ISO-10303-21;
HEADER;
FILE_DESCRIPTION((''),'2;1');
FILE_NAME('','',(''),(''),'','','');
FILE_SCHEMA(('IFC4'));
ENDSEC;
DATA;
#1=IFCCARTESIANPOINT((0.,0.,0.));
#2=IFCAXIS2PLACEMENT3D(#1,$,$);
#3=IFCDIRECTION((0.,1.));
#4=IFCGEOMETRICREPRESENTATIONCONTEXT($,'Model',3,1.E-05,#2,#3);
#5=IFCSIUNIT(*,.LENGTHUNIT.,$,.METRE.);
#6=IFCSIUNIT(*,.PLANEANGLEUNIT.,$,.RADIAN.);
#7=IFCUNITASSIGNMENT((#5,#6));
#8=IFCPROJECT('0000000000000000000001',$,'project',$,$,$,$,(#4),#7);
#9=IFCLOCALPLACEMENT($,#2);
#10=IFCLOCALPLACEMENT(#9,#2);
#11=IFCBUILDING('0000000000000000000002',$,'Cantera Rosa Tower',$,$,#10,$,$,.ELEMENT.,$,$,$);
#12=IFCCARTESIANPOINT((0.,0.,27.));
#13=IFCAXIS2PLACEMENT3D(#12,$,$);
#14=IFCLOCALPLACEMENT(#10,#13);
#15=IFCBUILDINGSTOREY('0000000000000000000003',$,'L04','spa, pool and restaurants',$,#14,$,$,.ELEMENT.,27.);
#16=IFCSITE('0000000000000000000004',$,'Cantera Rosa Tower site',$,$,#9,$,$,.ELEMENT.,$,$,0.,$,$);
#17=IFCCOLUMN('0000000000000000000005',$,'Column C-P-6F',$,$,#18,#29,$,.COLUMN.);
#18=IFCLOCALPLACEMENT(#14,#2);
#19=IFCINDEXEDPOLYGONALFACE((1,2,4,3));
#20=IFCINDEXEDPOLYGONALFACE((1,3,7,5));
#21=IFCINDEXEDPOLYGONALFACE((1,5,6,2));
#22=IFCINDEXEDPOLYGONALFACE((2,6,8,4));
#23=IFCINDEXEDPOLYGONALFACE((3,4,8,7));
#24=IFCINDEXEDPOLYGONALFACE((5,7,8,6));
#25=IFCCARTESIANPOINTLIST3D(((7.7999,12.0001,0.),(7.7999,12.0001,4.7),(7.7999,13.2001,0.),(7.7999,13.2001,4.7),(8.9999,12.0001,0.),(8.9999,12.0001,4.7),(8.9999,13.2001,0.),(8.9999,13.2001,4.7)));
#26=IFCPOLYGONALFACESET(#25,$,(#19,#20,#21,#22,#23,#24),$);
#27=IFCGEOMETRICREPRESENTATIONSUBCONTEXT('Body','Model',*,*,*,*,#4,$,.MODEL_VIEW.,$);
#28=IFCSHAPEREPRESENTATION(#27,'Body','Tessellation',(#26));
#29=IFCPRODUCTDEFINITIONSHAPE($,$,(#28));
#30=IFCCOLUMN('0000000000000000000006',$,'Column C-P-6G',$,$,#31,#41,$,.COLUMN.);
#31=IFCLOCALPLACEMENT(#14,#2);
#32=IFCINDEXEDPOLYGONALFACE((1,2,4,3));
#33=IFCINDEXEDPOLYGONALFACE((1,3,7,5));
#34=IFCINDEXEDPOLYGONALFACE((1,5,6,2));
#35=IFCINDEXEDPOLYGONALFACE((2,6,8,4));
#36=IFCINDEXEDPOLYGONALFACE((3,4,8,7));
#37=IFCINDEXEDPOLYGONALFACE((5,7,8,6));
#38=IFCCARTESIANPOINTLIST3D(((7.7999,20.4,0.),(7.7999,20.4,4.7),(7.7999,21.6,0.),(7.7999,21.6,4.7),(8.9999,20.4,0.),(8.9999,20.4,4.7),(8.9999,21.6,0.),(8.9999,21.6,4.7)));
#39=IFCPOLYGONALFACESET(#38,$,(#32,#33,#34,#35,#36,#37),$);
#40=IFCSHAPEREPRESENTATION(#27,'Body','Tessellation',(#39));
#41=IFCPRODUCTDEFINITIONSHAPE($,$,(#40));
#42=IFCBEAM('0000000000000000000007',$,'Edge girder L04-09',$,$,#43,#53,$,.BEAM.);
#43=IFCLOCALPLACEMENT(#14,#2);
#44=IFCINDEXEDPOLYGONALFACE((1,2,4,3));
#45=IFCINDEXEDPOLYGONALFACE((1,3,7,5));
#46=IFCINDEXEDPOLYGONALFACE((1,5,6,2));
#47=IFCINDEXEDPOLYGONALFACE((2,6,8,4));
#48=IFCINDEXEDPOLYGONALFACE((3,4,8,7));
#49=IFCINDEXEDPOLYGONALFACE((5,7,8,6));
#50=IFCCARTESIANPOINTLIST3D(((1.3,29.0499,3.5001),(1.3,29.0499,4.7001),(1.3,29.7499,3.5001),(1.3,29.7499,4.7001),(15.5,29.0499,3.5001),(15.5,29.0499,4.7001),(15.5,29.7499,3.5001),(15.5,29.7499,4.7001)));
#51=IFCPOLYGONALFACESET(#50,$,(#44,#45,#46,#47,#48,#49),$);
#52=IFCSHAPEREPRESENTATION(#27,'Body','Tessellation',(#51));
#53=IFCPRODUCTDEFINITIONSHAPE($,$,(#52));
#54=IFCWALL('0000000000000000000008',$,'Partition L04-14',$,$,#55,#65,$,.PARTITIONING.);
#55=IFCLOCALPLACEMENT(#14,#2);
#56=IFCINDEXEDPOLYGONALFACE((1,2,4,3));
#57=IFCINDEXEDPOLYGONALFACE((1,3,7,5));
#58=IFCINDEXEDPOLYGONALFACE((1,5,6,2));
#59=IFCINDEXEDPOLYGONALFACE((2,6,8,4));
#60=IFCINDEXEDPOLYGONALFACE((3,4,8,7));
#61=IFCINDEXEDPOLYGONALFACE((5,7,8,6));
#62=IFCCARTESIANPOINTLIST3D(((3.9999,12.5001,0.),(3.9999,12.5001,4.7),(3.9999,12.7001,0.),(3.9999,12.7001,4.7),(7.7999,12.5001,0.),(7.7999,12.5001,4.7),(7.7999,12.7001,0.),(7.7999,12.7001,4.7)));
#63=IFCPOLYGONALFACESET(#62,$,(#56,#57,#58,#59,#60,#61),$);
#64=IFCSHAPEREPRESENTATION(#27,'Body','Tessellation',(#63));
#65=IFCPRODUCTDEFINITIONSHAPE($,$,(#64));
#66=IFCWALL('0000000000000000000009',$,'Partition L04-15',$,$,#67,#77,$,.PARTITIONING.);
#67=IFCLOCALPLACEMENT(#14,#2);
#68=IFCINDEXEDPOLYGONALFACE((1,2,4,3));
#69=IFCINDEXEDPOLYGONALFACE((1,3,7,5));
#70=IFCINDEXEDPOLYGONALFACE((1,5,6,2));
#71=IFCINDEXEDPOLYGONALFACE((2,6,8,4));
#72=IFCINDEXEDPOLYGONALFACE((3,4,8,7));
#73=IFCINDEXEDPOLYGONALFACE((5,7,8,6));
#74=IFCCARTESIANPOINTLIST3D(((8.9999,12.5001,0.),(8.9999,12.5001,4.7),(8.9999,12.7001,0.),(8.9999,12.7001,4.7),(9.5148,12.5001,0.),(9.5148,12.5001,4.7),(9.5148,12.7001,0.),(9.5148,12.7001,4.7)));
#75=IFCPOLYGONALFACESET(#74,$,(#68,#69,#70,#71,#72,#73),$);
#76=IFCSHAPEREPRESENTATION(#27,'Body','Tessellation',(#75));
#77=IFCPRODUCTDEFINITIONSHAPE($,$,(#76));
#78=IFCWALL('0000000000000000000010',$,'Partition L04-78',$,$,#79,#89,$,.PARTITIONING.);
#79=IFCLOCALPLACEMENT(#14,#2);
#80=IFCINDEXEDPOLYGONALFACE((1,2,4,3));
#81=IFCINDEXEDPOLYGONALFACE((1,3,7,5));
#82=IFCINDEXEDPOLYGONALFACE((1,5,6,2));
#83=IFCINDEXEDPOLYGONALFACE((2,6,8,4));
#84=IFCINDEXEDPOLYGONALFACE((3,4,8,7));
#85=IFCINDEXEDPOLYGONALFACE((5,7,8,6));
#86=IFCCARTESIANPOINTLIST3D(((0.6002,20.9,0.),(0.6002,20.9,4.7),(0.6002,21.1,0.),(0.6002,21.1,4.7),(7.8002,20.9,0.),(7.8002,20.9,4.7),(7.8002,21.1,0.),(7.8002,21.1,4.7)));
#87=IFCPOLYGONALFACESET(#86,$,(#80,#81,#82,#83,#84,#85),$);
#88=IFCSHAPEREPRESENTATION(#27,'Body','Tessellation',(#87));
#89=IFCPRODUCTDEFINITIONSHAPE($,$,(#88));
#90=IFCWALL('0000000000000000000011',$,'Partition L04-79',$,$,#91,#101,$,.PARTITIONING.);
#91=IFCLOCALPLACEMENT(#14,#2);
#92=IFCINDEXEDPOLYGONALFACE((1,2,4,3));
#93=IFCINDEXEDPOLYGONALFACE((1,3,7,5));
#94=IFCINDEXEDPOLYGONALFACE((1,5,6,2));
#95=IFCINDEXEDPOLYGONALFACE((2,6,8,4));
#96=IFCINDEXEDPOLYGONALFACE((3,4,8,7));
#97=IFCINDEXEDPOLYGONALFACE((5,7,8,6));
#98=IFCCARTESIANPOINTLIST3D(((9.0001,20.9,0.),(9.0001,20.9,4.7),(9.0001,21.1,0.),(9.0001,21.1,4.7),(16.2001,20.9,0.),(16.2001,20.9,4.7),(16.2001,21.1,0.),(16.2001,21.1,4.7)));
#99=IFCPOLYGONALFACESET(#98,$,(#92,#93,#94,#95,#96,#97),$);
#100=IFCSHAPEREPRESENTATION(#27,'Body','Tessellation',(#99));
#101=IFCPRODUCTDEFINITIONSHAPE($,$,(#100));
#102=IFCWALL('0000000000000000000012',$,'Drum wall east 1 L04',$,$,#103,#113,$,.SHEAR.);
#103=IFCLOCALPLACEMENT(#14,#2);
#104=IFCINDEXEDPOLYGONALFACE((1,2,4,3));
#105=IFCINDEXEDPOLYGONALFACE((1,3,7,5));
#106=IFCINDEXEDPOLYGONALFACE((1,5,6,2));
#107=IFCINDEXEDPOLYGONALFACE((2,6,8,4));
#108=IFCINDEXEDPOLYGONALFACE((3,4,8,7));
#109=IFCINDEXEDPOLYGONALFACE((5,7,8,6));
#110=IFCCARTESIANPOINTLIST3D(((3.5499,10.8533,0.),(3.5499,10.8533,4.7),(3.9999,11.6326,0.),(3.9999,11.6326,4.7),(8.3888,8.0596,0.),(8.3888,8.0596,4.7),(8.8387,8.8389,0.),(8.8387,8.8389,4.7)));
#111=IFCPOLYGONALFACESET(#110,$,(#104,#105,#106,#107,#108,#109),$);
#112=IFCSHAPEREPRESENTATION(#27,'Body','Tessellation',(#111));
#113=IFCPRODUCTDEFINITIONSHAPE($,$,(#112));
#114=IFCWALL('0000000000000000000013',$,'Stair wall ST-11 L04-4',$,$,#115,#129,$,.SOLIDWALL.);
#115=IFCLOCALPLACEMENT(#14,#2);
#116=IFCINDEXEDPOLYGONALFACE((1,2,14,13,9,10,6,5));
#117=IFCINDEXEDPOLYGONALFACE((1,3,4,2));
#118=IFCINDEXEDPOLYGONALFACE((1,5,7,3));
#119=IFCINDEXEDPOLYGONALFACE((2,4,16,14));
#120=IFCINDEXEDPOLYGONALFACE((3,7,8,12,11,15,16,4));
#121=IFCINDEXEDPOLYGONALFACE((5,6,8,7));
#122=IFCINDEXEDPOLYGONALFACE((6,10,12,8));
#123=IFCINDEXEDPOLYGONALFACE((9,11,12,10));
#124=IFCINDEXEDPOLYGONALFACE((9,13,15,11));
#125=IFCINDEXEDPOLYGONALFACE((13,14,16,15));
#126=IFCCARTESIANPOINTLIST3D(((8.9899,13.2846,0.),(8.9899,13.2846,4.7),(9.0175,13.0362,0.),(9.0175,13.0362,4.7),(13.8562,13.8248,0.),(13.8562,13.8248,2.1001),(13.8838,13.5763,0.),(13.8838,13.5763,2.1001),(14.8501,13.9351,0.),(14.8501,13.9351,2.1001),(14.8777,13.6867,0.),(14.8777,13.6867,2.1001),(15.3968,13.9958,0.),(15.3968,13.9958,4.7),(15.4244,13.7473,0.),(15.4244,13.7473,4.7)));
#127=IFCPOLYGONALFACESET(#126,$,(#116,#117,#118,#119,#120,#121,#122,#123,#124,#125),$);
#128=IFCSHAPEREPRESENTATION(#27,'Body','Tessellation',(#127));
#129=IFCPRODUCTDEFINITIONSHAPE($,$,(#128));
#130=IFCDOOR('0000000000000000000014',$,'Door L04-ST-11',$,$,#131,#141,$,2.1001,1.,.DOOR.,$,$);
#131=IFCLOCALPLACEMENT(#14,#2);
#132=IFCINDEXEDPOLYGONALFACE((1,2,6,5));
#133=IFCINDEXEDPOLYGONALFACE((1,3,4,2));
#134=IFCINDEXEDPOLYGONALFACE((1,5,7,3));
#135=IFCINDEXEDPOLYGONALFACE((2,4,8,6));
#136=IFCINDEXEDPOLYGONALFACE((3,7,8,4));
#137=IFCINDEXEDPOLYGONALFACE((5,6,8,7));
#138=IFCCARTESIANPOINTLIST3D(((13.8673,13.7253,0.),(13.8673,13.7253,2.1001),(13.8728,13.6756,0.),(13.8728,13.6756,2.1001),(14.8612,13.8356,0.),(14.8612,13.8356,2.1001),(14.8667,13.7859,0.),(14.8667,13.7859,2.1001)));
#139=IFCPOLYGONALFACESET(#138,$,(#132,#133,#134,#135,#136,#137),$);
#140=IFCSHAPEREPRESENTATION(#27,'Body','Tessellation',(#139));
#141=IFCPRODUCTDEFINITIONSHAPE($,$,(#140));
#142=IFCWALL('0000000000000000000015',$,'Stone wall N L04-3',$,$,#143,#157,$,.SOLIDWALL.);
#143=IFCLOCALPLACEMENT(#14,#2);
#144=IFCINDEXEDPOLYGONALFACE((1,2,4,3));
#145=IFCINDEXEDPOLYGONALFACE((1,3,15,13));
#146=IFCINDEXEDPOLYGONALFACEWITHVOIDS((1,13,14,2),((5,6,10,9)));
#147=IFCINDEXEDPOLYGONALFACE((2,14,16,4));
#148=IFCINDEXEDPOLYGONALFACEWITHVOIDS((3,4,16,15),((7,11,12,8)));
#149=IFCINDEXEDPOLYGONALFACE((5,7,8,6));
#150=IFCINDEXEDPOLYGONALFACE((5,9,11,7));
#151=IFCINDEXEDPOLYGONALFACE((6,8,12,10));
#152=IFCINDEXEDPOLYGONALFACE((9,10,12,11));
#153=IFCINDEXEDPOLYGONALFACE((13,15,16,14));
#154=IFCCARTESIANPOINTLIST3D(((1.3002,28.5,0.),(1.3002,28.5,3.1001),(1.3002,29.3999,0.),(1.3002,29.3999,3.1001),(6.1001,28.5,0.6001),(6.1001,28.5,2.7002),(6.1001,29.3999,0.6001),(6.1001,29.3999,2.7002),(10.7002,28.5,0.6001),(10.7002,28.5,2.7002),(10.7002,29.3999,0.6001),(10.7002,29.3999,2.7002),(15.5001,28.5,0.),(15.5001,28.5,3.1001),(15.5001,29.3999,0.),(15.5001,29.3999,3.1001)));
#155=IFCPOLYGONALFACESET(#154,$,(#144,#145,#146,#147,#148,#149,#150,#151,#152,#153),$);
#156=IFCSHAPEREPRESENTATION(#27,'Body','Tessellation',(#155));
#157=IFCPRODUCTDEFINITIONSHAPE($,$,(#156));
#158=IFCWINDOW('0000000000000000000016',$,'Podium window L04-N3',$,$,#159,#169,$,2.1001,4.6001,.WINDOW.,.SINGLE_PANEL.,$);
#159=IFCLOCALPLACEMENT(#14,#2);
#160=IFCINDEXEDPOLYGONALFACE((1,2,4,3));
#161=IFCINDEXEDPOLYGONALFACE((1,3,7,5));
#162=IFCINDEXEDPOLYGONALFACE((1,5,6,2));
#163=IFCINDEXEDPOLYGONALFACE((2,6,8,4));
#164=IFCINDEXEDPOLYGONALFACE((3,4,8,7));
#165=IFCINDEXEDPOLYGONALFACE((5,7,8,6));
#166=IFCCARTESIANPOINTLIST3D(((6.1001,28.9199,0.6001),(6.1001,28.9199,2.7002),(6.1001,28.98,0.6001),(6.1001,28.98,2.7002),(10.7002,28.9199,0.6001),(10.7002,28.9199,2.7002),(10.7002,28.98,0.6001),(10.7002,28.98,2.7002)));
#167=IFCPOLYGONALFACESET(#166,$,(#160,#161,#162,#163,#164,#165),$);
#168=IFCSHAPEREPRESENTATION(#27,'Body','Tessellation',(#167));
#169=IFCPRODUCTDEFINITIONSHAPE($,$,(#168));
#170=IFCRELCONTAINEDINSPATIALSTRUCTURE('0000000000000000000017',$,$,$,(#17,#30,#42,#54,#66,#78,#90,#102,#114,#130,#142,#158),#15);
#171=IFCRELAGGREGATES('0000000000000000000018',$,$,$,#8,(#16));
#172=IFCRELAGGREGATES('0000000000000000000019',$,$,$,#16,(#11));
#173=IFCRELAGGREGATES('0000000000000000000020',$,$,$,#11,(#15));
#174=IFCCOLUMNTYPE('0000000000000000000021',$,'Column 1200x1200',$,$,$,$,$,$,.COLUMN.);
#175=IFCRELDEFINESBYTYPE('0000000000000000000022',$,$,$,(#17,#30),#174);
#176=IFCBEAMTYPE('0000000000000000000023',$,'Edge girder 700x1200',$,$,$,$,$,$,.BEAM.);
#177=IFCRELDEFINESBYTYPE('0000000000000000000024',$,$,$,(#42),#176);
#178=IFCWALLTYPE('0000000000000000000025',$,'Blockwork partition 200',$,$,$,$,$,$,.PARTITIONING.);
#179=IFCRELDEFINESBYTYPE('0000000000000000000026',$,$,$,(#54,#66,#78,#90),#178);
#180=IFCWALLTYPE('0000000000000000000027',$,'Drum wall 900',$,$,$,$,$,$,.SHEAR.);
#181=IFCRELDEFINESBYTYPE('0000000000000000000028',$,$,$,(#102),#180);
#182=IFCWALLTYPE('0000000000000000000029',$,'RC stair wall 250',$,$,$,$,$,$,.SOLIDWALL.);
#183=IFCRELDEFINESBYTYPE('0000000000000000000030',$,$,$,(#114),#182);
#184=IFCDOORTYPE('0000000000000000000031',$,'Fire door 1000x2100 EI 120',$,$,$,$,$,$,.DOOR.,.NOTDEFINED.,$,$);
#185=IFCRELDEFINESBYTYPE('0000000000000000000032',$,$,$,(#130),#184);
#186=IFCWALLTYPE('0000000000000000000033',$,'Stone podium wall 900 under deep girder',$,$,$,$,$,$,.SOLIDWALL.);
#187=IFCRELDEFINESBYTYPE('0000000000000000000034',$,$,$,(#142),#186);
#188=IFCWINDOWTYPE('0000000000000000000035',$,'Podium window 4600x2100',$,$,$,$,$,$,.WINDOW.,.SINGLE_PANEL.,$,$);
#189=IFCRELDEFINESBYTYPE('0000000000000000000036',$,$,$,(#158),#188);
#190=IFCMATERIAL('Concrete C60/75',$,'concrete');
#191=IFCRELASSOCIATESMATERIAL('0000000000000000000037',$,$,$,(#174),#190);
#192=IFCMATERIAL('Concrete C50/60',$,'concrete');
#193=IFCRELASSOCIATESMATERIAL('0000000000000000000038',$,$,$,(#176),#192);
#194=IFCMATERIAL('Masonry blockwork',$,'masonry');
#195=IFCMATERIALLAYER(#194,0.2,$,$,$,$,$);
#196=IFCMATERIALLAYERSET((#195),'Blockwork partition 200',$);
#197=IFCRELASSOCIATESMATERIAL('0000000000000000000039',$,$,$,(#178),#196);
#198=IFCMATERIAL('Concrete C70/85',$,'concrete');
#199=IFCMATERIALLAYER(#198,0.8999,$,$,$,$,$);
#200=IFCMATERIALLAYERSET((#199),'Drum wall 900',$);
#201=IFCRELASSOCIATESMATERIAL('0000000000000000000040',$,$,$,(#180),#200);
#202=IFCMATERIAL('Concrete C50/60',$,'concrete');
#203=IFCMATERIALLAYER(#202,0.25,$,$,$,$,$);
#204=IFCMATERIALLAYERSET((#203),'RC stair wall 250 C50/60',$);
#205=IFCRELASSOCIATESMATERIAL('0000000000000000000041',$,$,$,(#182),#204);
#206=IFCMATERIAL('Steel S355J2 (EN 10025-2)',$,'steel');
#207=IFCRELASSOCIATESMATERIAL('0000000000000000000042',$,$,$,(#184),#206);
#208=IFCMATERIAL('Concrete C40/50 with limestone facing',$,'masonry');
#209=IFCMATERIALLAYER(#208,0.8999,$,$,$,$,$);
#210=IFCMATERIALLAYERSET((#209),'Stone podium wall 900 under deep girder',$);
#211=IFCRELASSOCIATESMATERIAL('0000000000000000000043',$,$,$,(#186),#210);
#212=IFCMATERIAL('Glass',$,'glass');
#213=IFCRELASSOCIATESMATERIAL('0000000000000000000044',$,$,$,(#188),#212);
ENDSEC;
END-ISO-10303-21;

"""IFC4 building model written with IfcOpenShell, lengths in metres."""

from ifc_helpers import new_model, si_unit, direction, frame, frame_2d, origin, origin_2d, place, context, subcontext, project, spatial, rectangle, extrude, material, layer, layer_set, material_profile, profile_set, type_object, element, fill, save


model = new_model("IFC4")

# Units and contexts
model_context = context("Model", 3, precision=1e-05, world=origin(), true_north=direction((0.0, 1.0)))
body_context = subcontext(model_context, "Body", "Model", "MODEL_VIEW")
ifc_project = project(units=[si_unit("LENGTHUNIT", "METRE"), si_unit("PLANEANGLEUNIT", "RADIAN")], contexts=[model_context])

# Site, building, storey
site_placement = place(None, origin())
site = spatial("IfcSite", under=ifc_project, at=site_placement, Name="Cantera Rosa Tower site", CompositionType="ELEMENT", RefElevation=0.0)
building_placement = place(site_placement, origin())
building = spatial("IfcBuilding", under=site, at=building_placement, Name="Cantera Rosa Tower", CompositionType="ELEMENT")
storey_placement = place(building_placement, frame((0.0, 0.0, 27.0)))
storey = spatial("IfcBuildingStorey", under=building, at=storey_placement, Name="L04", Description="spa, pool and restaurants", CompositionType="ELEMENT", Elevation=27.0)

# Columns
ifc_material_1 = material(Name="Concrete C60/75", Category="concrete")
ifc_material_profile_1 = material_profile(ifc_material_1, rectangle(XDim=1.2, YDim=1.2, at=origin_2d()), Name="Column 1200x1200")
ifc_profile_set_1 = profile_set([ifc_material_profile_1], Name="Concrete C60/75")
column_type = type_object("IfcColumnType", Name="Column 1200x1200", PredefinedType="COLUMN", material=ifc_profile_set_1)
for number, where, z_axis, x_axis, name in (
    (1, (8.3999, 12.6001, 0.0), (0.0, 0.0, 1.0), (1.0, 0.0, 0.0), "Column C-P-6F"),
    (2, (8.3999, 21.0, 0.0), (0.0, 0.0, 1.0), (1.0, 0.0, 0.0), "Column C-P-6G"),
):
    element("IfcColumn", number, at=place(storey_placement, frame(where, z_axis=z_axis, x_axis=x_axis)), inside=storey, type_object=column_type, Name=name, PredefinedType="COLUMN", context=body_context, shape_type="SweptSolid", body=[
        extrude(rectangle(XDim=1.2, YDim=1.2, at=origin_2d()), origin(), (0.0, 0.0, 1.0), 4.7),
    ])

# Beam
ifc_material_2 = material(Name="Concrete C50/60", Category="concrete")
ifc_material_profile_2 = material_profile(ifc_material_2, rectangle(XDim=0.7, YDim=1.2, at=origin_2d()), Name="Edge girder 700x1200")
ifc_profile_set_2 = profile_set([ifc_material_profile_2], Name="Concrete C50/60")
beam_type = type_object("IfcBeamType", Name="Edge girder 700x1200", PredefinedType="BEAM", material=ifc_profile_set_2)
beam_placement = place(storey_placement, frame((1.3, 29.3999, 4.1001), z_axis=(1.0, 0.0, 0.0), x_axis=(0.0, 1.0, 0.0)))
element("IfcBeam", 3, at=beam_placement, inside=storey, type_object=beam_type, Name="Edge girder L04-09", PredefinedType="BEAM", context=body_context, shape_type="SweptSolid", body=[
    extrude(rectangle(XDim=0.7, YDim=1.2, at=origin_2d()), origin(), (0.0, 0.0, 1.0), 14.2),
])

# Walls
ifc_material_3 = material(Name="Masonry blockwork", Category="masonry")
ifc_layer_1 = layer(ifc_material_3, 0.2)
ifc_layer_set_1 = layer_set([ifc_layer_1], Name="Blockwork partition 200")
wall_type_1 = type_object("IfcWallType", Name="Blockwork partition 200", PredefinedType="PARTITIONING", material=ifc_layer_set_1)
wall_1_placement = place(storey_placement, frame((4.0, 12.6001, 0.0), z_axis=(0.0, 0.0, 1.0), x_axis=(1.0, 0.0, 0.0)))
element("IfcWall", 4, at=wall_1_placement, inside=storey, type_object=wall_type_1, Name="Partition L04-14", PredefinedType="PARTITIONING", context=body_context, shape_type="SweptSolid", body=[
    extrude(rectangle(XDim=3.8, YDim=0.2, at=frame_2d((1.8999, 0.0))), origin(), (0.0, 0.0, 1.0), 4.7),
])
wall_2_placement = place(storey_placement, frame((9.0, 12.6001, 0.0), z_axis=(0.0, 0.0, 1.0), x_axis=(1.0, 0.0, 0.0)))
element("IfcWall", 5, at=wall_2_placement, inside=storey, type_object=wall_type_1, Name="Partition L04-15", PredefinedType="PARTITIONING", context=body_context, shape_type="SweptSolid", body=[
    extrude(rectangle(XDim=0.5149, YDim=0.2, at=frame_2d((0.2573, 0.0))), origin(), (0.0, 0.0, 1.0), 4.7),
])
for number, where, z_axis, x_axis, name in (
    (6, (0.6001, 21.0, 0.0), (0.0, 0.0, 1.0), (1.0, 0.0, 0.0), "Partition L04-78"),
    (7, (9.0, 21.0, 0.0), (0.0, 0.0, 1.0), (1.0, 0.0, 0.0), "Partition L04-79"),
):
    element("IfcWall", number, at=place(storey_placement, frame(where, z_axis=z_axis, x_axis=x_axis)), inside=storey, type_object=wall_type_1, Name=name, PredefinedType="PARTITIONING", context=body_context, shape_type="SweptSolid", body=[
        extrude(rectangle(XDim=7.2, YDim=0.2, at=frame_2d((3.6001, 0.0))), origin(), (0.0, 0.0, 1.0), 4.7),
    ])
ifc_material_4 = material(Name="Concrete C70/85", Category="concrete")
ifc_layer_2 = layer(ifc_material_4, 0.8999)
ifc_layer_set_2 = layer_set([ifc_layer_2], Name="Drum wall 900")
wall_type_2 = type_object("IfcWallType", Name="Drum wall 900", PredefinedType="SHEAR", material=ifc_layer_set_2)
wall_3_placement = place(storey_placement, frame((3.7749, 11.2429, 0.0), z_axis=(0.0, 0.0, 1.0), x_axis=(0.866027, -0.499997, 0.0)))
element("IfcWall", 8, at=wall_3_placement, inside=storey, type_object=wall_type_2, Name="Drum wall east 1 L04", PredefinedType="SHEAR", context=body_context, shape_type="SweptSolid", body=[
    extrude(rectangle(XDim=5.5874, YDim=0.8999, at=frame_2d((2.7937, 0.0))), origin(), (0.0, 0.0, 1.0), 4.7),
])

# Wall, opening, door
ifc_material_5 = material(Name="Concrete C50/60", Category="concrete")
ifc_layer_3 = layer(ifc_material_5, 0.25)
ifc_layer_set_3 = layer_set([ifc_layer_3], Name="RC stair wall 250 C50/60")
wall_type_3 = type_object("IfcWallType", Name="RC stair wall 250", PredefinedType="SOLIDWALL", material=ifc_layer_set_3)
wall_4_placement = place(storey_placement, frame((9.0037, 13.1604, 0.0), z_axis=(0.0, 0.0, 1.0), x_axis=(0.993896, 0.110323, 0.0)))
wall_4 = element("IfcWall", 9, at=wall_4_placement, inside=storey, type_object=wall_type_3, Name="Stair wall ST-11 L04-4", PredefinedType="SOLIDWALL", context=body_context, shape_type="SweptSolid", body=[
    extrude(rectangle(XDim=6.4463, YDim=0.25, at=frame_2d((3.2231, 0.0))), origin(), (0.0, 0.0, 1.0), 4.7),
])
opening_1_placement = place(wall_4_placement, frame((4.8962, 0.0, 0.0)))
opening_1 = element("IfcOpeningElement", 10, at=opening_1_placement, cuts=wall_4, PredefinedType="OPENING", context=body_context, shape_type="SweptSolid", body=[
    extrude(rectangle(XDim=1.0, YDim=2.1001, at=frame_2d((0.5, 1.05))), frame((0.0, 0.135, 0.0), z_axis=(0.0, -1.0, 0.0), x_axis=(1.0, 0.0, 0.0)), (0.0, 0.0, 1.0), 0.27),
])
ifc_material_6 = material(Name="Steel S355J2 (EN 10025-2)", Category="steel")
door_type = type_object("IfcDoorType", Name="Fire door 1000x2100 EI 120", OperationType="NOTDEFINED", PredefinedType="DOOR", material=ifc_material_6)
door_placement = place(opening_1_placement, origin())
door = element("IfcDoor", 11, at=door_placement, inside=storey, type_object=door_type, Name="Door L04-ST-11", OverallHeight=2.1001, OverallWidth=1.0, PredefinedType="DOOR", context=body_context, shape_type="SweptSolid", body=[
    extrude(rectangle(XDim=1.0, YDim=2.1001, at=frame_2d((0.5, 1.05))), frame((0.0, 0.0249, 0.0), z_axis=(0.0, -1.0, 0.0), x_axis=(1.0, 0.0, 0.0)), (0.0, 0.0, 1.0), 0.05),
])
fill(opening_1, door)

# Wall, opening, window
ifc_material_7 = material(Name="Concrete C40/50 with limestone facing", Category="masonry")
ifc_layer_4 = layer(ifc_material_7, 0.8999)
ifc_layer_set_4 = layer_set([ifc_layer_4], Name="Stone podium wall 900 under deep girder")
wall_type_4 = type_object("IfcWallType", Name="Stone podium wall 900 under deep girder", PredefinedType="SOLIDWALL", material=ifc_layer_set_4)
wall_5_placement = place(storey_placement, frame((1.3, 28.95, 0.0), z_axis=(0.0, 0.0, 1.0), x_axis=(1.0, 0.0, 0.0)))
wall_5 = element("IfcWall", 12, at=wall_5_placement, inside=storey, type_object=wall_type_4, Name="Stone wall N L04-3", PredefinedType="SOLIDWALL", context=body_context, shape_type="SweptSolid", body=[
    extrude(rectangle(XDim=14.2, YDim=0.8999, at=frame_2d((7.1001, 0.0))), origin(), (0.0, 0.0, 1.0), 3.1001),
])
opening_2_placement = place(wall_5_placement, frame((4.8, 0.0, 0.6001)))
opening_2 = element("IfcOpeningElement", 13, at=opening_2_placement, cuts=wall_5, PredefinedType="OPENING", context=body_context, shape_type="SweptSolid", body=[
    extrude(rectangle(XDim=4.6001, YDim=2.1001, at=frame_2d((2.3, 1.05))), frame((0.0, 0.46, 0.0), z_axis=(0.0, -1.0, 0.0), x_axis=(1.0, 0.0, 0.0)), (0.0, 0.0, 1.0), 0.9199),
])
ifc_material_8 = material(Name="Glass", Category="glass")
window_type = type_object("IfcWindowType", Name="Podium window 4600x2100", PartitioningType="SINGLE_PANEL", PredefinedType="WINDOW", material=ifc_material_8)
window_placement = place(opening_2_placement, origin())
window = element("IfcWindow", 14, at=window_placement, inside=storey, type_object=window_type, Name="Podium window L04-N3", OverallHeight=2.1001, OverallWidth=4.6001, PartitioningType="SINGLE_PANEL", PredefinedType="WINDOW", context=body_context, shape_type="SweptSolid", body=[
    extrude(rectangle(XDim=4.6001, YDim=2.1001, at=frame_2d((2.3, 1.05))), frame((0.0, 0.03, 0.0), z_axis=(0.0, -1.0, 0.0), x_axis=(1.0, 0.0, 0.0)), (0.0, 0.0, 1.0), 0.0601),
])
fill(opening_2, window)

save(model, "model.ifc")
